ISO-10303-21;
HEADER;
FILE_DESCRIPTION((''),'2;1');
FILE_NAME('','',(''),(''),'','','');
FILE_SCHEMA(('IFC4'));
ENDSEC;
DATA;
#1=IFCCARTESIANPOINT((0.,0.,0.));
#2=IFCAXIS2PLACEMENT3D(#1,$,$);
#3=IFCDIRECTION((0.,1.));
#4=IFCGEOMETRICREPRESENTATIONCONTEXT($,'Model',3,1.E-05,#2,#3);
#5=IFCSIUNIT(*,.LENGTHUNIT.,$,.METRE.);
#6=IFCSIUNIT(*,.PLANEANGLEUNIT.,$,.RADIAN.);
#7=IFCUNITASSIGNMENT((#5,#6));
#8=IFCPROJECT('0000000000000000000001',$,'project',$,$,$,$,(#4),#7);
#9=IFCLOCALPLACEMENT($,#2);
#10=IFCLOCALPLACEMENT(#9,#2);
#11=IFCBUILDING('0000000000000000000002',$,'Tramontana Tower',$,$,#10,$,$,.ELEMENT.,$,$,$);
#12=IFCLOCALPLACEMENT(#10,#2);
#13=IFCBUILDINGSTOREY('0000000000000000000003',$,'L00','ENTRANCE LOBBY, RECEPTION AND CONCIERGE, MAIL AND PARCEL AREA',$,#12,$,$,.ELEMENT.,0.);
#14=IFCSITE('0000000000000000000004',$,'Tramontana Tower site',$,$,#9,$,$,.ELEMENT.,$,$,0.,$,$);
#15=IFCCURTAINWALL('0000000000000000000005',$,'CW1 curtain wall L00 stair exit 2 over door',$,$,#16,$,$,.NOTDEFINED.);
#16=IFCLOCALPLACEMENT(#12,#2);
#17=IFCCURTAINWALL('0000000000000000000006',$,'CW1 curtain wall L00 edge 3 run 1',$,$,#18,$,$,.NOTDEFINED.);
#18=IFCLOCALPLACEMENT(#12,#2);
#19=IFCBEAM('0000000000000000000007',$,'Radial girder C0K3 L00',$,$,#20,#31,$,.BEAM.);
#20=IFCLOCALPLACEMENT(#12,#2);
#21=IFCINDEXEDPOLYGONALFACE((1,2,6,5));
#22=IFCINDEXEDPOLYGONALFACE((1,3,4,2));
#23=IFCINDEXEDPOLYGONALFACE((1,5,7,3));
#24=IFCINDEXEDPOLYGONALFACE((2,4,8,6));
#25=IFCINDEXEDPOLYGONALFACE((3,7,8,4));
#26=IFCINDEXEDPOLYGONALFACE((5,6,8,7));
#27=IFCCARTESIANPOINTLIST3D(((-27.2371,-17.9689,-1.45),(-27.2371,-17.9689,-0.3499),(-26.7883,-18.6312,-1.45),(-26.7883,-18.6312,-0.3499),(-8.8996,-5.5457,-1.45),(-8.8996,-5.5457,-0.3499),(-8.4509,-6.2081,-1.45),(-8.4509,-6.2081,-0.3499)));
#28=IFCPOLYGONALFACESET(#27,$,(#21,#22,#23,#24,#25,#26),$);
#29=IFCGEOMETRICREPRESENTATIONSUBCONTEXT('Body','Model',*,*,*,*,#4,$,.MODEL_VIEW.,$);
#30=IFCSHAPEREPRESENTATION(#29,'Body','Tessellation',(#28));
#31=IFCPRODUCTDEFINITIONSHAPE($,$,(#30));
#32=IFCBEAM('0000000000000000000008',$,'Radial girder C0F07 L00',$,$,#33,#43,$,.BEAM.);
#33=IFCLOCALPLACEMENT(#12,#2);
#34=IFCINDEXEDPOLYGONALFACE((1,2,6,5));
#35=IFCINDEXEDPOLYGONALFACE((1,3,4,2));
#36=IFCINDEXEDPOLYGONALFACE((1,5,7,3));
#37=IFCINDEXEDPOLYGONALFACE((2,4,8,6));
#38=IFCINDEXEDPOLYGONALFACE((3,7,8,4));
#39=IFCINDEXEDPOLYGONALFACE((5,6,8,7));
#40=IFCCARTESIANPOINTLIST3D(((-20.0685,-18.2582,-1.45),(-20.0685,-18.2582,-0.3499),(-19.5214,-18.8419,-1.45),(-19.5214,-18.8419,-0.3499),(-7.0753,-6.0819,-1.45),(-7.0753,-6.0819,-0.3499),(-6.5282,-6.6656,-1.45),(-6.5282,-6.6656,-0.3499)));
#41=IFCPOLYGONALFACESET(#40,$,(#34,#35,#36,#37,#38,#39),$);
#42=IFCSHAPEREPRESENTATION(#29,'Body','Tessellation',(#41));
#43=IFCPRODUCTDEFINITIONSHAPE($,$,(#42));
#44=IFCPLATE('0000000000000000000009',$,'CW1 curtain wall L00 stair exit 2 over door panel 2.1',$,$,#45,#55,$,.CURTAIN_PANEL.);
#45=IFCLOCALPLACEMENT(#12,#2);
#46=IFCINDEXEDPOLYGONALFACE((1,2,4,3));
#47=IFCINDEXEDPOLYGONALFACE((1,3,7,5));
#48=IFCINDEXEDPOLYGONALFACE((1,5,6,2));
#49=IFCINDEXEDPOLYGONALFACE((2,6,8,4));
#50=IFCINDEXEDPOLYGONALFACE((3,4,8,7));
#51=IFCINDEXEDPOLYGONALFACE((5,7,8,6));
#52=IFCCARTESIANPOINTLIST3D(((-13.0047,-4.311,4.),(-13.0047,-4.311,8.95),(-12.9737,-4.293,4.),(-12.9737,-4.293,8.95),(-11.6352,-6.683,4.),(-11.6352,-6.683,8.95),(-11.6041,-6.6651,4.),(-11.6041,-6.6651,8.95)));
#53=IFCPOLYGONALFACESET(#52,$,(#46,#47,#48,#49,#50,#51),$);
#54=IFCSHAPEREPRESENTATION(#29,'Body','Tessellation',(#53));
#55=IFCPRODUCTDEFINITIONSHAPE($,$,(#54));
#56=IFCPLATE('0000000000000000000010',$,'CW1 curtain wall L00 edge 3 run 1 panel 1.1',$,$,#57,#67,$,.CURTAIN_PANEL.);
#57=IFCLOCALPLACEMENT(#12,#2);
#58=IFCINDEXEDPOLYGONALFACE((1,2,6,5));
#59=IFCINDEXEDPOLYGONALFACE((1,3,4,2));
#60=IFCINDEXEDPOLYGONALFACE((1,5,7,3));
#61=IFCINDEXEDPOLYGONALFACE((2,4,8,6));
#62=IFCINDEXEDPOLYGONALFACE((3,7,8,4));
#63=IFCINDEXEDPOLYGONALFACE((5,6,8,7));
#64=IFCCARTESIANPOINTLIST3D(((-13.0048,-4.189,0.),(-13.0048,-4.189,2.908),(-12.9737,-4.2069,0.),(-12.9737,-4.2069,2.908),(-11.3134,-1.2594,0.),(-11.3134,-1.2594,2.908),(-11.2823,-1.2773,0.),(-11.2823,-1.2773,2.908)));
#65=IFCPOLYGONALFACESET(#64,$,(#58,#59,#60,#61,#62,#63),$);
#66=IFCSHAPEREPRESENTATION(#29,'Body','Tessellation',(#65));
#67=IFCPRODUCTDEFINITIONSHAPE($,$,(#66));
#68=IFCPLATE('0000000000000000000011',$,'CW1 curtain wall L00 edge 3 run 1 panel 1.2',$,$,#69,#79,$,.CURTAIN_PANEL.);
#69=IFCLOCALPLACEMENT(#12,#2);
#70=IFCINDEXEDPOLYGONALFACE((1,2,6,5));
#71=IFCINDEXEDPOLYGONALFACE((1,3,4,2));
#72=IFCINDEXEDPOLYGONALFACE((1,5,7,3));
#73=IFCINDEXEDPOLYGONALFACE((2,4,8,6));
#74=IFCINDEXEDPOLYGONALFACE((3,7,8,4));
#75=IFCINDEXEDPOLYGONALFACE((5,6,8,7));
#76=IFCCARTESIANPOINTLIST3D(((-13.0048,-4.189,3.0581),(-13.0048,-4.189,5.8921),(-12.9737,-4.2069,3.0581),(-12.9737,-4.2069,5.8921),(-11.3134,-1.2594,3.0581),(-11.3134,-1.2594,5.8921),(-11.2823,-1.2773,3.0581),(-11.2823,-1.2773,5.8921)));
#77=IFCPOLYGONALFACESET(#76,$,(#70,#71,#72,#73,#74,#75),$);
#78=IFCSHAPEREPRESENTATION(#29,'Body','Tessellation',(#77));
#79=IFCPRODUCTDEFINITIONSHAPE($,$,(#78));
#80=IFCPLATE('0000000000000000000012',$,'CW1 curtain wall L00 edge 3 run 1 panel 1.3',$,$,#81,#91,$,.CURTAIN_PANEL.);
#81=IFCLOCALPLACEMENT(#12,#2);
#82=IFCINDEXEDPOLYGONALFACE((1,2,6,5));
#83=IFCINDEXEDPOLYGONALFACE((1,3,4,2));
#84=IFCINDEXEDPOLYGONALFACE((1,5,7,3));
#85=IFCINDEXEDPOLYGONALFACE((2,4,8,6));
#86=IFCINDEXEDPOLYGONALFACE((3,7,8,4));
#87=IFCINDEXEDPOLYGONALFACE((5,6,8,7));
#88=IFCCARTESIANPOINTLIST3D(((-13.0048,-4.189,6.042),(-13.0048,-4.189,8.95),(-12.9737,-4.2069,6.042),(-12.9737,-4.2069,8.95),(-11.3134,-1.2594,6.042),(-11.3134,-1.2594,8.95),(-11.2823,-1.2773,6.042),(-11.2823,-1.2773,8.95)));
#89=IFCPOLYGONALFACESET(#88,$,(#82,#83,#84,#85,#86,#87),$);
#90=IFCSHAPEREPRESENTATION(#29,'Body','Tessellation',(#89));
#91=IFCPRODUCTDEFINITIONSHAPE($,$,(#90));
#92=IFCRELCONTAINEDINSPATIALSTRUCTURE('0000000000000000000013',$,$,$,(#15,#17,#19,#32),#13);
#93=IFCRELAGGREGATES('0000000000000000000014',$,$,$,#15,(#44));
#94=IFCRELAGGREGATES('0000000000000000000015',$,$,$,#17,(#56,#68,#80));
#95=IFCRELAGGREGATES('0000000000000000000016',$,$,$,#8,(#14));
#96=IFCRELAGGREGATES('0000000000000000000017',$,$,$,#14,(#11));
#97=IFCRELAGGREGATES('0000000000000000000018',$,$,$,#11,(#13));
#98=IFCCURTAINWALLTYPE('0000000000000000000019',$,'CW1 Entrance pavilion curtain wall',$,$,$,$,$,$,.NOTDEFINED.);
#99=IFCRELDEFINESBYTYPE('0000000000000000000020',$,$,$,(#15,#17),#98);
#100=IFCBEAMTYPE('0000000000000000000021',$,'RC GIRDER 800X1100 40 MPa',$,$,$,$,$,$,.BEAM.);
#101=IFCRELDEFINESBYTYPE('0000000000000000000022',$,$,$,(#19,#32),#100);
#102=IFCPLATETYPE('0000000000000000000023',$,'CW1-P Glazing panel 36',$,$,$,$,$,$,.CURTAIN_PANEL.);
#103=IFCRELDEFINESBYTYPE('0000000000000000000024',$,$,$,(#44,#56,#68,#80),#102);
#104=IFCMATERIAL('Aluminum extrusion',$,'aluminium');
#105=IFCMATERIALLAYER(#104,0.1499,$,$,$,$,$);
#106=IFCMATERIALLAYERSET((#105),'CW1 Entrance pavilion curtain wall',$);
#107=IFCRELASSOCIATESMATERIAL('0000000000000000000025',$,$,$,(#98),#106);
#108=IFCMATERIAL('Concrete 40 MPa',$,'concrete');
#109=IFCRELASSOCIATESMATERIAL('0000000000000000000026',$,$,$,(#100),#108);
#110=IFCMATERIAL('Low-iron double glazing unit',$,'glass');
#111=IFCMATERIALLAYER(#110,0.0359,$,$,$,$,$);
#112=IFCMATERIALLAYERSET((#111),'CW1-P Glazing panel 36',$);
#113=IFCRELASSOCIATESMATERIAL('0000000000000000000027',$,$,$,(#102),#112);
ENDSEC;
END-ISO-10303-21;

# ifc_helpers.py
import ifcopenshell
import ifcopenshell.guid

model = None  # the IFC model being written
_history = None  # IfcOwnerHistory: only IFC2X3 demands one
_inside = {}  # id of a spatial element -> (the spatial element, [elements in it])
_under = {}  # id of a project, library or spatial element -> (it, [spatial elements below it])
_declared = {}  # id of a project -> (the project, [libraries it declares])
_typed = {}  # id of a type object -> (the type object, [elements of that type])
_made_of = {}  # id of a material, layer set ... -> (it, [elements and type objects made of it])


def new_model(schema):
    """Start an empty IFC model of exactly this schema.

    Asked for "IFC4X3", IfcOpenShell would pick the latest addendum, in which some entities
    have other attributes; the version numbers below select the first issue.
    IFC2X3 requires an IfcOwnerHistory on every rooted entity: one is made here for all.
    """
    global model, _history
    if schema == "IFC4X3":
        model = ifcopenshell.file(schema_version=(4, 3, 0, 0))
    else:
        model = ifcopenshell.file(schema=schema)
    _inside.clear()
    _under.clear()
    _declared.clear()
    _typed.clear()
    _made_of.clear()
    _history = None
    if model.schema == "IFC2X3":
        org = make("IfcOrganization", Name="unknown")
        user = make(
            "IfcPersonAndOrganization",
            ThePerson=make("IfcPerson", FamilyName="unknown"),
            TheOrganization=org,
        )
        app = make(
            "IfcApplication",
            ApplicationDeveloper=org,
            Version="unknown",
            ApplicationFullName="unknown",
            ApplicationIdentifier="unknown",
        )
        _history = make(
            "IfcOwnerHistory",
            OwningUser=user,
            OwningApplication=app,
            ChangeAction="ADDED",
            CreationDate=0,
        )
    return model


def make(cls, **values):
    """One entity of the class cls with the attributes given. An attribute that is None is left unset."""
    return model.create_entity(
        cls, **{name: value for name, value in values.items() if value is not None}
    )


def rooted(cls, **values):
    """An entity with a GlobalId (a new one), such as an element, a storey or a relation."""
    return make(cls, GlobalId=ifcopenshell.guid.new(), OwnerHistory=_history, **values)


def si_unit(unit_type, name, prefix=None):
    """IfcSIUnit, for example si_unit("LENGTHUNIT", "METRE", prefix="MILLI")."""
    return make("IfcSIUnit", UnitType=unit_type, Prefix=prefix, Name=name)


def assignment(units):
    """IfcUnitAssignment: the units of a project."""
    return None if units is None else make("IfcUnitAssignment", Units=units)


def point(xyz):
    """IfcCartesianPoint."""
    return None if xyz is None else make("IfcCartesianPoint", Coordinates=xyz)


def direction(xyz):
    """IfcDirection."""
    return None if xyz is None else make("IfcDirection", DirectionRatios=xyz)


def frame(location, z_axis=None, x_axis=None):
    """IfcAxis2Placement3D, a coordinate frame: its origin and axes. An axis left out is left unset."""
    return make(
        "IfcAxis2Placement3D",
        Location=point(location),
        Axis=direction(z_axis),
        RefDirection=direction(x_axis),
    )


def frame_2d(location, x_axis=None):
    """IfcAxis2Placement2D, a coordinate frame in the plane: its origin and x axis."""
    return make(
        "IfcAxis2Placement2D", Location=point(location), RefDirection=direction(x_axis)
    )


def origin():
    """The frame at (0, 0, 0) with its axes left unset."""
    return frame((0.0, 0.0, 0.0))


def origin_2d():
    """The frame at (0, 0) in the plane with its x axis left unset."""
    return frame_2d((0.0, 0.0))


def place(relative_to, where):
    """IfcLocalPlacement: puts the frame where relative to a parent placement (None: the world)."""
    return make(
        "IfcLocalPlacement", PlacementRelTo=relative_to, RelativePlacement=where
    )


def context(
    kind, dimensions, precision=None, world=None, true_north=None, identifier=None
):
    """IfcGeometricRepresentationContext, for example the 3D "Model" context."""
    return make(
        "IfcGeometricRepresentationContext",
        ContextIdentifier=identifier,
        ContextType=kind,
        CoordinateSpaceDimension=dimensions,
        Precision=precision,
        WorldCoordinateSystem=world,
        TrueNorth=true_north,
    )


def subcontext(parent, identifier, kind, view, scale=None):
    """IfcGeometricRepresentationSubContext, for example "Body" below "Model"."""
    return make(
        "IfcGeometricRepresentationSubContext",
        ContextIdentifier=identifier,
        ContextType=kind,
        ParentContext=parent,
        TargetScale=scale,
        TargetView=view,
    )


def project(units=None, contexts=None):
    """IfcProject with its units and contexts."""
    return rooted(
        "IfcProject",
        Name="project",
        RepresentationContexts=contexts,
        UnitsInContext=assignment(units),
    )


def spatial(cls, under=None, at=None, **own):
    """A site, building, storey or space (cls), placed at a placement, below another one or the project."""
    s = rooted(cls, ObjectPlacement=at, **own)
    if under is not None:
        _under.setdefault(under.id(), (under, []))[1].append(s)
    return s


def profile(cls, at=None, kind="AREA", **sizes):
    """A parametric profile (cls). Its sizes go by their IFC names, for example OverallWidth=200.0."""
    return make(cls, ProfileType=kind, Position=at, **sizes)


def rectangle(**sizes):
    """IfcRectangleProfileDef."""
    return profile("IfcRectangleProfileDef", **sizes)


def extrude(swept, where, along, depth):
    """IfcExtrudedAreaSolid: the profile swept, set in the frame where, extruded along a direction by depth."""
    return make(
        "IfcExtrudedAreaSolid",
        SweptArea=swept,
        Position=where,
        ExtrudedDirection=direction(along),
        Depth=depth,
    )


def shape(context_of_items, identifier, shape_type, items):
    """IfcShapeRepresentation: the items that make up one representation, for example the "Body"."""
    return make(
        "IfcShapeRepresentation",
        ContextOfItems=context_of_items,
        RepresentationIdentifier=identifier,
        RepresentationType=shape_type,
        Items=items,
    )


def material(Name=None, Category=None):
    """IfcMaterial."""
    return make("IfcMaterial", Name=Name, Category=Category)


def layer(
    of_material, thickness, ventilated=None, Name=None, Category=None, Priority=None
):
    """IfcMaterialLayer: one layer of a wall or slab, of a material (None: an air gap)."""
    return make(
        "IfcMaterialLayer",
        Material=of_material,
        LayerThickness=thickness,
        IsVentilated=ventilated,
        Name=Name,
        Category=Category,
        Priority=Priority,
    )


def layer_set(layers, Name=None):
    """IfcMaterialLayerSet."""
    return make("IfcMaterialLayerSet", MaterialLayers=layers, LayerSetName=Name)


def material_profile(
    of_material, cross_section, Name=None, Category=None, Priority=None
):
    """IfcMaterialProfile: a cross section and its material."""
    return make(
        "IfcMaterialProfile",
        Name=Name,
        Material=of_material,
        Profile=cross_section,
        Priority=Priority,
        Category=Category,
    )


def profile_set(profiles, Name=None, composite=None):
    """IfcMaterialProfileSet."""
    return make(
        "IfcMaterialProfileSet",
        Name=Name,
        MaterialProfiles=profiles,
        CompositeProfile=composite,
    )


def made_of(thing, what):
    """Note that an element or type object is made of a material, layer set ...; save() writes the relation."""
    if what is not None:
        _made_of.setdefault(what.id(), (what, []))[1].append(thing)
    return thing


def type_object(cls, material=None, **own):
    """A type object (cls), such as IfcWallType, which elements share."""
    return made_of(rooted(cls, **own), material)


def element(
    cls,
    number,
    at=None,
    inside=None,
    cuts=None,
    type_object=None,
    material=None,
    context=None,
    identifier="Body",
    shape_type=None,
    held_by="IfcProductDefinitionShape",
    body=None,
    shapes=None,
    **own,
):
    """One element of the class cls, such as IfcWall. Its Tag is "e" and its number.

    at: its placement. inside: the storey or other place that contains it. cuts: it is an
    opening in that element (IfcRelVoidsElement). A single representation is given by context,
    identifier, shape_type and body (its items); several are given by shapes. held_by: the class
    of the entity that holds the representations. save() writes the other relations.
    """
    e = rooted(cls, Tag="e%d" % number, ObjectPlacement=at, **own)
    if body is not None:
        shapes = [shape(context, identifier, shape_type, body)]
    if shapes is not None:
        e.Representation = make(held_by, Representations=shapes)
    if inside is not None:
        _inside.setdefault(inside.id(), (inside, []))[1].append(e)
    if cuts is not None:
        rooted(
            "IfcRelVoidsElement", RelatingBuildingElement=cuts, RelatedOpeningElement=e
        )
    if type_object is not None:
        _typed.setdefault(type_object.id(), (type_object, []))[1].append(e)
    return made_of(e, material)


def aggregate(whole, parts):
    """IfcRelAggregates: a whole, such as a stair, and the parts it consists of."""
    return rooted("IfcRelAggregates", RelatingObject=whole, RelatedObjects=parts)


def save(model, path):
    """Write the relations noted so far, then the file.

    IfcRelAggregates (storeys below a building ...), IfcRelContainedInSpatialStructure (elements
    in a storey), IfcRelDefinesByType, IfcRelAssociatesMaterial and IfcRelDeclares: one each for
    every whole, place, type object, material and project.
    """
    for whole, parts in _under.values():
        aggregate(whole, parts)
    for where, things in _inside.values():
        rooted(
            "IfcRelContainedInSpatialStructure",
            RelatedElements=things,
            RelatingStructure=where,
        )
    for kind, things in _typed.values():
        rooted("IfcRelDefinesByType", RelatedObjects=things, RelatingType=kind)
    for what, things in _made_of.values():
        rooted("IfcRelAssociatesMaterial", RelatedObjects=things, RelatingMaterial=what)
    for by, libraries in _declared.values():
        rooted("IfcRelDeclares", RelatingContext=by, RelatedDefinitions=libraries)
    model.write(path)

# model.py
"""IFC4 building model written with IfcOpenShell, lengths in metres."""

from ifc_helpers import new_model, si_unit, direction, frame, origin, origin_2d, place, context, subcontext, project, spatial, rectangle, extrude, material, layer, layer_set, material_profile, profile_set, type_object, element, aggregate, save


model = new_model("IFC4")

# Units and contexts
model_context = context("Model", 3, precision=1e-05, world=origin(), true_north=direction((0.0, 1.0)))
body_context = subcontext(model_context, "Body", "Model", "MODEL_VIEW")
ifc_project = project(units=[si_unit("LENGTHUNIT", "METRE"), si_unit("PLANEANGLEUNIT", "RADIAN")], contexts=[model_context])

# Site, building, storey
site_placement = place(None, origin())
site = spatial("IfcSite", under=ifc_project, at=site_placement, Name="Tramontana Tower site", CompositionType="ELEMENT", RefElevation=0.0)
building_placement = place(site_placement, origin())
building = spatial("IfcBuilding", under=site, at=building_placement, Name="Tramontana Tower", CompositionType="ELEMENT")
storey_placement = place(building_placement, origin())
storey = spatial("IfcBuildingStorey", under=building, at=storey_placement, Name="L00", Description="ENTRANCE LOBBY, RECEPTION AND CONCIERGE, MAIL AND PARCEL AREA", CompositionType="ELEMENT", Elevation=0.0)

# Curtain wall
ifc_material_1 = material(Name="Aluminum extrusion", Category="aluminium")
ifc_layer_1 = layer(ifc_material_1, 0.1499)
ifc_layer_set_1 = layer_set([ifc_layer_1], Name="CW1 Entrance pavilion curtain wall")
curtain_wall_type = type_object("IfcCurtainWallType", Name="CW1 Entrance pavilion curtain wall", PredefinedType="NOTDEFINED", material=ifc_layer_set_1)
curtain_wall_1_placement = place(storey_placement, origin())
curtain_wall_1 = element("IfcCurtainWall", 1, at=curtain_wall_1_placement, inside=storey, type_object=curtain_wall_type, Name="CW1 curtain wall L00 stair exit 2 over door", PredefinedType="NOTDEFINED")

# Curtain wall
curtain_wall_2_placement = place(storey_placement, origin())
curtain_wall_2 = element("IfcCurtainWall", 2, at=curtain_wall_2_placement, inside=storey, type_object=curtain_wall_type, Name="CW1 curtain wall L00 edge 3 run 1", PredefinedType="NOTDEFINED")

# Beams
ifc_material_2 = material(Name="Concrete 40 MPa", Category="concrete")
ifc_material_profile_1 = material_profile(ifc_material_2, rectangle(XDim=0.8, YDim=1.1001, at=origin_2d()), Name="RC GIRDER 800X1100 40 MPa")
ifc_profile_set_1 = profile_set([ifc_material_profile_1], Name="Concrete 40 MPa")
beam_type_1 = type_object("IfcBeamType", Name="RC GIRDER 800X1100 40 MPa", PredefinedType="BEAM", material=ifc_profile_set_1)
beam_1_placement = place(storey_placement, frame((-27.0127, -18.3, -0.8999), z_axis=(0.827898, 0.560879, 0.0), x_axis=(-0.560879, 0.827898, 0.0)))
element("IfcBeam", 3, at=beam_1_placement, inside=storey, type_object=beam_type_1, Name="Radial girder C0K3 L00", PredefinedType="BEAM", context=body_context, shape_type="SweptSolid", body=[
    extrude(rectangle(XDim=0.8, YDim=1.1001, at=origin_2d()), origin(), (0.0, 0.0, 1.0), 22.1494),
])
beam_2_placement = place(storey_placement, frame((-19.7949, -18.55, -0.8999), z_axis=(0.729672, 0.683797, 0.0), x_axis=(-0.683797, 0.729672, 0.0)))
element("IfcBeam", 4, at=beam_2_placement, inside=storey, type_object=beam_type_1, Name="Radial girder C0F07 L00", PredefinedType="BEAM", context=body_context, shape_type="SweptSolid", body=[
    extrude(rectangle(XDim=0.8, YDim=1.1001, at=origin_2d()), origin(), (0.0, 0.0, 1.0), 17.8069),
])

# Plates
ifc_material_3 = material(Name="Low-iron double glazing unit", Category="glass")
ifc_layer_2 = layer(ifc_material_3, 0.0359)
ifc_layer_set_2 = layer_set([ifc_layer_2], Name="CW1-P Glazing panel 36")
plate_type = type_object("IfcPlateType", Name="CW1-P Glazing panel 36", PredefinedType="CURTAIN_PANEL", material=ifc_layer_set_2)
plate_1_placement = place(storey_placement, frame((-12.3044, -5.488, 4.0), z_axis=(0.0, 0.0, 1.0), x_axis=(-0.5, 0.866025, 0.0)))
plate_1 = element("IfcPlate", 5, at=plate_1_placement, type_object=plate_type, Name="CW1 curtain wall L00 stair exit 2 over door panel 2.1", PredefinedType="CURTAIN_PANEL", context=body_context, shape_type="SweptSolid", body=[
    extrude(rectangle(XDim=2.739, YDim=0.0359, at=origin_2d()), origin(), (0.0, 0.0, 1.0), 4.95),
])
aggregate(curtain_wall_1, [plate_1])
plate_2_placement = place(storey_placement, frame((-12.1436, -2.7332, 0.0), z_axis=(0.0, 0.0, 1.0), x_axis=(0.5, 0.866025, 0.0)))
plate_2 = element("IfcPlate", 6, at=plate_2_placement, type_object=plate_type, Name="CW1 curtain wall L00 edge 3 run 1 panel 1.1", PredefinedType="CURTAIN_PANEL", context=body_context, shape_type="SweptSolid", body=[
    extrude(rectangle(XDim=3.3828, YDim=0.0359, at=origin_2d()), origin(), (0.0, 0.0, 1.0), 2.908),
])
plate_3_placement = place(storey_placement, frame((-12.1436, -2.7332, 3.0581), z_axis=(0.0, 0.0, 1.0), x_axis=(0.5, 0.866025, 0.0)))
plate_3 = element("IfcPlate", 7, at=plate_3_placement, type_object=plate_type, Name="CW1 curtain wall L00 edge 3 run 1 panel 1.2", PredefinedType="CURTAIN_PANEL", context=body_context, shape_type="SweptSolid", body=[
    extrude(rectangle(XDim=3.3828, YDim=0.0359, at=origin_2d()), origin(), (0.0, 0.0, 1.0), 2.834),
])
plate_4_placement = place(storey_placement, frame((-12.1436, -2.7332, 6.042), z_axis=(0.0, 0.0, 1.0), x_axis=(0.5, 0.866025, 0.0)))
plate_4 = element("IfcPlate", 8, at=plate_4_placement, type_object=plate_type, Name="CW1 curtain wall L00 edge 3 run 1 panel 1.3", PredefinedType="CURTAIN_PANEL", context=body_context, shape_type="SweptSolid", body=[
    extrude(rectangle(XDim=3.3828, YDim=0.0359, at=origin_2d()), origin(), (0.0, 0.0, 1.0), 2.908),
])
aggregate(curtain_wall_2, [plate_2, plate_3, plate_4])

save(model, "model.ifc")
